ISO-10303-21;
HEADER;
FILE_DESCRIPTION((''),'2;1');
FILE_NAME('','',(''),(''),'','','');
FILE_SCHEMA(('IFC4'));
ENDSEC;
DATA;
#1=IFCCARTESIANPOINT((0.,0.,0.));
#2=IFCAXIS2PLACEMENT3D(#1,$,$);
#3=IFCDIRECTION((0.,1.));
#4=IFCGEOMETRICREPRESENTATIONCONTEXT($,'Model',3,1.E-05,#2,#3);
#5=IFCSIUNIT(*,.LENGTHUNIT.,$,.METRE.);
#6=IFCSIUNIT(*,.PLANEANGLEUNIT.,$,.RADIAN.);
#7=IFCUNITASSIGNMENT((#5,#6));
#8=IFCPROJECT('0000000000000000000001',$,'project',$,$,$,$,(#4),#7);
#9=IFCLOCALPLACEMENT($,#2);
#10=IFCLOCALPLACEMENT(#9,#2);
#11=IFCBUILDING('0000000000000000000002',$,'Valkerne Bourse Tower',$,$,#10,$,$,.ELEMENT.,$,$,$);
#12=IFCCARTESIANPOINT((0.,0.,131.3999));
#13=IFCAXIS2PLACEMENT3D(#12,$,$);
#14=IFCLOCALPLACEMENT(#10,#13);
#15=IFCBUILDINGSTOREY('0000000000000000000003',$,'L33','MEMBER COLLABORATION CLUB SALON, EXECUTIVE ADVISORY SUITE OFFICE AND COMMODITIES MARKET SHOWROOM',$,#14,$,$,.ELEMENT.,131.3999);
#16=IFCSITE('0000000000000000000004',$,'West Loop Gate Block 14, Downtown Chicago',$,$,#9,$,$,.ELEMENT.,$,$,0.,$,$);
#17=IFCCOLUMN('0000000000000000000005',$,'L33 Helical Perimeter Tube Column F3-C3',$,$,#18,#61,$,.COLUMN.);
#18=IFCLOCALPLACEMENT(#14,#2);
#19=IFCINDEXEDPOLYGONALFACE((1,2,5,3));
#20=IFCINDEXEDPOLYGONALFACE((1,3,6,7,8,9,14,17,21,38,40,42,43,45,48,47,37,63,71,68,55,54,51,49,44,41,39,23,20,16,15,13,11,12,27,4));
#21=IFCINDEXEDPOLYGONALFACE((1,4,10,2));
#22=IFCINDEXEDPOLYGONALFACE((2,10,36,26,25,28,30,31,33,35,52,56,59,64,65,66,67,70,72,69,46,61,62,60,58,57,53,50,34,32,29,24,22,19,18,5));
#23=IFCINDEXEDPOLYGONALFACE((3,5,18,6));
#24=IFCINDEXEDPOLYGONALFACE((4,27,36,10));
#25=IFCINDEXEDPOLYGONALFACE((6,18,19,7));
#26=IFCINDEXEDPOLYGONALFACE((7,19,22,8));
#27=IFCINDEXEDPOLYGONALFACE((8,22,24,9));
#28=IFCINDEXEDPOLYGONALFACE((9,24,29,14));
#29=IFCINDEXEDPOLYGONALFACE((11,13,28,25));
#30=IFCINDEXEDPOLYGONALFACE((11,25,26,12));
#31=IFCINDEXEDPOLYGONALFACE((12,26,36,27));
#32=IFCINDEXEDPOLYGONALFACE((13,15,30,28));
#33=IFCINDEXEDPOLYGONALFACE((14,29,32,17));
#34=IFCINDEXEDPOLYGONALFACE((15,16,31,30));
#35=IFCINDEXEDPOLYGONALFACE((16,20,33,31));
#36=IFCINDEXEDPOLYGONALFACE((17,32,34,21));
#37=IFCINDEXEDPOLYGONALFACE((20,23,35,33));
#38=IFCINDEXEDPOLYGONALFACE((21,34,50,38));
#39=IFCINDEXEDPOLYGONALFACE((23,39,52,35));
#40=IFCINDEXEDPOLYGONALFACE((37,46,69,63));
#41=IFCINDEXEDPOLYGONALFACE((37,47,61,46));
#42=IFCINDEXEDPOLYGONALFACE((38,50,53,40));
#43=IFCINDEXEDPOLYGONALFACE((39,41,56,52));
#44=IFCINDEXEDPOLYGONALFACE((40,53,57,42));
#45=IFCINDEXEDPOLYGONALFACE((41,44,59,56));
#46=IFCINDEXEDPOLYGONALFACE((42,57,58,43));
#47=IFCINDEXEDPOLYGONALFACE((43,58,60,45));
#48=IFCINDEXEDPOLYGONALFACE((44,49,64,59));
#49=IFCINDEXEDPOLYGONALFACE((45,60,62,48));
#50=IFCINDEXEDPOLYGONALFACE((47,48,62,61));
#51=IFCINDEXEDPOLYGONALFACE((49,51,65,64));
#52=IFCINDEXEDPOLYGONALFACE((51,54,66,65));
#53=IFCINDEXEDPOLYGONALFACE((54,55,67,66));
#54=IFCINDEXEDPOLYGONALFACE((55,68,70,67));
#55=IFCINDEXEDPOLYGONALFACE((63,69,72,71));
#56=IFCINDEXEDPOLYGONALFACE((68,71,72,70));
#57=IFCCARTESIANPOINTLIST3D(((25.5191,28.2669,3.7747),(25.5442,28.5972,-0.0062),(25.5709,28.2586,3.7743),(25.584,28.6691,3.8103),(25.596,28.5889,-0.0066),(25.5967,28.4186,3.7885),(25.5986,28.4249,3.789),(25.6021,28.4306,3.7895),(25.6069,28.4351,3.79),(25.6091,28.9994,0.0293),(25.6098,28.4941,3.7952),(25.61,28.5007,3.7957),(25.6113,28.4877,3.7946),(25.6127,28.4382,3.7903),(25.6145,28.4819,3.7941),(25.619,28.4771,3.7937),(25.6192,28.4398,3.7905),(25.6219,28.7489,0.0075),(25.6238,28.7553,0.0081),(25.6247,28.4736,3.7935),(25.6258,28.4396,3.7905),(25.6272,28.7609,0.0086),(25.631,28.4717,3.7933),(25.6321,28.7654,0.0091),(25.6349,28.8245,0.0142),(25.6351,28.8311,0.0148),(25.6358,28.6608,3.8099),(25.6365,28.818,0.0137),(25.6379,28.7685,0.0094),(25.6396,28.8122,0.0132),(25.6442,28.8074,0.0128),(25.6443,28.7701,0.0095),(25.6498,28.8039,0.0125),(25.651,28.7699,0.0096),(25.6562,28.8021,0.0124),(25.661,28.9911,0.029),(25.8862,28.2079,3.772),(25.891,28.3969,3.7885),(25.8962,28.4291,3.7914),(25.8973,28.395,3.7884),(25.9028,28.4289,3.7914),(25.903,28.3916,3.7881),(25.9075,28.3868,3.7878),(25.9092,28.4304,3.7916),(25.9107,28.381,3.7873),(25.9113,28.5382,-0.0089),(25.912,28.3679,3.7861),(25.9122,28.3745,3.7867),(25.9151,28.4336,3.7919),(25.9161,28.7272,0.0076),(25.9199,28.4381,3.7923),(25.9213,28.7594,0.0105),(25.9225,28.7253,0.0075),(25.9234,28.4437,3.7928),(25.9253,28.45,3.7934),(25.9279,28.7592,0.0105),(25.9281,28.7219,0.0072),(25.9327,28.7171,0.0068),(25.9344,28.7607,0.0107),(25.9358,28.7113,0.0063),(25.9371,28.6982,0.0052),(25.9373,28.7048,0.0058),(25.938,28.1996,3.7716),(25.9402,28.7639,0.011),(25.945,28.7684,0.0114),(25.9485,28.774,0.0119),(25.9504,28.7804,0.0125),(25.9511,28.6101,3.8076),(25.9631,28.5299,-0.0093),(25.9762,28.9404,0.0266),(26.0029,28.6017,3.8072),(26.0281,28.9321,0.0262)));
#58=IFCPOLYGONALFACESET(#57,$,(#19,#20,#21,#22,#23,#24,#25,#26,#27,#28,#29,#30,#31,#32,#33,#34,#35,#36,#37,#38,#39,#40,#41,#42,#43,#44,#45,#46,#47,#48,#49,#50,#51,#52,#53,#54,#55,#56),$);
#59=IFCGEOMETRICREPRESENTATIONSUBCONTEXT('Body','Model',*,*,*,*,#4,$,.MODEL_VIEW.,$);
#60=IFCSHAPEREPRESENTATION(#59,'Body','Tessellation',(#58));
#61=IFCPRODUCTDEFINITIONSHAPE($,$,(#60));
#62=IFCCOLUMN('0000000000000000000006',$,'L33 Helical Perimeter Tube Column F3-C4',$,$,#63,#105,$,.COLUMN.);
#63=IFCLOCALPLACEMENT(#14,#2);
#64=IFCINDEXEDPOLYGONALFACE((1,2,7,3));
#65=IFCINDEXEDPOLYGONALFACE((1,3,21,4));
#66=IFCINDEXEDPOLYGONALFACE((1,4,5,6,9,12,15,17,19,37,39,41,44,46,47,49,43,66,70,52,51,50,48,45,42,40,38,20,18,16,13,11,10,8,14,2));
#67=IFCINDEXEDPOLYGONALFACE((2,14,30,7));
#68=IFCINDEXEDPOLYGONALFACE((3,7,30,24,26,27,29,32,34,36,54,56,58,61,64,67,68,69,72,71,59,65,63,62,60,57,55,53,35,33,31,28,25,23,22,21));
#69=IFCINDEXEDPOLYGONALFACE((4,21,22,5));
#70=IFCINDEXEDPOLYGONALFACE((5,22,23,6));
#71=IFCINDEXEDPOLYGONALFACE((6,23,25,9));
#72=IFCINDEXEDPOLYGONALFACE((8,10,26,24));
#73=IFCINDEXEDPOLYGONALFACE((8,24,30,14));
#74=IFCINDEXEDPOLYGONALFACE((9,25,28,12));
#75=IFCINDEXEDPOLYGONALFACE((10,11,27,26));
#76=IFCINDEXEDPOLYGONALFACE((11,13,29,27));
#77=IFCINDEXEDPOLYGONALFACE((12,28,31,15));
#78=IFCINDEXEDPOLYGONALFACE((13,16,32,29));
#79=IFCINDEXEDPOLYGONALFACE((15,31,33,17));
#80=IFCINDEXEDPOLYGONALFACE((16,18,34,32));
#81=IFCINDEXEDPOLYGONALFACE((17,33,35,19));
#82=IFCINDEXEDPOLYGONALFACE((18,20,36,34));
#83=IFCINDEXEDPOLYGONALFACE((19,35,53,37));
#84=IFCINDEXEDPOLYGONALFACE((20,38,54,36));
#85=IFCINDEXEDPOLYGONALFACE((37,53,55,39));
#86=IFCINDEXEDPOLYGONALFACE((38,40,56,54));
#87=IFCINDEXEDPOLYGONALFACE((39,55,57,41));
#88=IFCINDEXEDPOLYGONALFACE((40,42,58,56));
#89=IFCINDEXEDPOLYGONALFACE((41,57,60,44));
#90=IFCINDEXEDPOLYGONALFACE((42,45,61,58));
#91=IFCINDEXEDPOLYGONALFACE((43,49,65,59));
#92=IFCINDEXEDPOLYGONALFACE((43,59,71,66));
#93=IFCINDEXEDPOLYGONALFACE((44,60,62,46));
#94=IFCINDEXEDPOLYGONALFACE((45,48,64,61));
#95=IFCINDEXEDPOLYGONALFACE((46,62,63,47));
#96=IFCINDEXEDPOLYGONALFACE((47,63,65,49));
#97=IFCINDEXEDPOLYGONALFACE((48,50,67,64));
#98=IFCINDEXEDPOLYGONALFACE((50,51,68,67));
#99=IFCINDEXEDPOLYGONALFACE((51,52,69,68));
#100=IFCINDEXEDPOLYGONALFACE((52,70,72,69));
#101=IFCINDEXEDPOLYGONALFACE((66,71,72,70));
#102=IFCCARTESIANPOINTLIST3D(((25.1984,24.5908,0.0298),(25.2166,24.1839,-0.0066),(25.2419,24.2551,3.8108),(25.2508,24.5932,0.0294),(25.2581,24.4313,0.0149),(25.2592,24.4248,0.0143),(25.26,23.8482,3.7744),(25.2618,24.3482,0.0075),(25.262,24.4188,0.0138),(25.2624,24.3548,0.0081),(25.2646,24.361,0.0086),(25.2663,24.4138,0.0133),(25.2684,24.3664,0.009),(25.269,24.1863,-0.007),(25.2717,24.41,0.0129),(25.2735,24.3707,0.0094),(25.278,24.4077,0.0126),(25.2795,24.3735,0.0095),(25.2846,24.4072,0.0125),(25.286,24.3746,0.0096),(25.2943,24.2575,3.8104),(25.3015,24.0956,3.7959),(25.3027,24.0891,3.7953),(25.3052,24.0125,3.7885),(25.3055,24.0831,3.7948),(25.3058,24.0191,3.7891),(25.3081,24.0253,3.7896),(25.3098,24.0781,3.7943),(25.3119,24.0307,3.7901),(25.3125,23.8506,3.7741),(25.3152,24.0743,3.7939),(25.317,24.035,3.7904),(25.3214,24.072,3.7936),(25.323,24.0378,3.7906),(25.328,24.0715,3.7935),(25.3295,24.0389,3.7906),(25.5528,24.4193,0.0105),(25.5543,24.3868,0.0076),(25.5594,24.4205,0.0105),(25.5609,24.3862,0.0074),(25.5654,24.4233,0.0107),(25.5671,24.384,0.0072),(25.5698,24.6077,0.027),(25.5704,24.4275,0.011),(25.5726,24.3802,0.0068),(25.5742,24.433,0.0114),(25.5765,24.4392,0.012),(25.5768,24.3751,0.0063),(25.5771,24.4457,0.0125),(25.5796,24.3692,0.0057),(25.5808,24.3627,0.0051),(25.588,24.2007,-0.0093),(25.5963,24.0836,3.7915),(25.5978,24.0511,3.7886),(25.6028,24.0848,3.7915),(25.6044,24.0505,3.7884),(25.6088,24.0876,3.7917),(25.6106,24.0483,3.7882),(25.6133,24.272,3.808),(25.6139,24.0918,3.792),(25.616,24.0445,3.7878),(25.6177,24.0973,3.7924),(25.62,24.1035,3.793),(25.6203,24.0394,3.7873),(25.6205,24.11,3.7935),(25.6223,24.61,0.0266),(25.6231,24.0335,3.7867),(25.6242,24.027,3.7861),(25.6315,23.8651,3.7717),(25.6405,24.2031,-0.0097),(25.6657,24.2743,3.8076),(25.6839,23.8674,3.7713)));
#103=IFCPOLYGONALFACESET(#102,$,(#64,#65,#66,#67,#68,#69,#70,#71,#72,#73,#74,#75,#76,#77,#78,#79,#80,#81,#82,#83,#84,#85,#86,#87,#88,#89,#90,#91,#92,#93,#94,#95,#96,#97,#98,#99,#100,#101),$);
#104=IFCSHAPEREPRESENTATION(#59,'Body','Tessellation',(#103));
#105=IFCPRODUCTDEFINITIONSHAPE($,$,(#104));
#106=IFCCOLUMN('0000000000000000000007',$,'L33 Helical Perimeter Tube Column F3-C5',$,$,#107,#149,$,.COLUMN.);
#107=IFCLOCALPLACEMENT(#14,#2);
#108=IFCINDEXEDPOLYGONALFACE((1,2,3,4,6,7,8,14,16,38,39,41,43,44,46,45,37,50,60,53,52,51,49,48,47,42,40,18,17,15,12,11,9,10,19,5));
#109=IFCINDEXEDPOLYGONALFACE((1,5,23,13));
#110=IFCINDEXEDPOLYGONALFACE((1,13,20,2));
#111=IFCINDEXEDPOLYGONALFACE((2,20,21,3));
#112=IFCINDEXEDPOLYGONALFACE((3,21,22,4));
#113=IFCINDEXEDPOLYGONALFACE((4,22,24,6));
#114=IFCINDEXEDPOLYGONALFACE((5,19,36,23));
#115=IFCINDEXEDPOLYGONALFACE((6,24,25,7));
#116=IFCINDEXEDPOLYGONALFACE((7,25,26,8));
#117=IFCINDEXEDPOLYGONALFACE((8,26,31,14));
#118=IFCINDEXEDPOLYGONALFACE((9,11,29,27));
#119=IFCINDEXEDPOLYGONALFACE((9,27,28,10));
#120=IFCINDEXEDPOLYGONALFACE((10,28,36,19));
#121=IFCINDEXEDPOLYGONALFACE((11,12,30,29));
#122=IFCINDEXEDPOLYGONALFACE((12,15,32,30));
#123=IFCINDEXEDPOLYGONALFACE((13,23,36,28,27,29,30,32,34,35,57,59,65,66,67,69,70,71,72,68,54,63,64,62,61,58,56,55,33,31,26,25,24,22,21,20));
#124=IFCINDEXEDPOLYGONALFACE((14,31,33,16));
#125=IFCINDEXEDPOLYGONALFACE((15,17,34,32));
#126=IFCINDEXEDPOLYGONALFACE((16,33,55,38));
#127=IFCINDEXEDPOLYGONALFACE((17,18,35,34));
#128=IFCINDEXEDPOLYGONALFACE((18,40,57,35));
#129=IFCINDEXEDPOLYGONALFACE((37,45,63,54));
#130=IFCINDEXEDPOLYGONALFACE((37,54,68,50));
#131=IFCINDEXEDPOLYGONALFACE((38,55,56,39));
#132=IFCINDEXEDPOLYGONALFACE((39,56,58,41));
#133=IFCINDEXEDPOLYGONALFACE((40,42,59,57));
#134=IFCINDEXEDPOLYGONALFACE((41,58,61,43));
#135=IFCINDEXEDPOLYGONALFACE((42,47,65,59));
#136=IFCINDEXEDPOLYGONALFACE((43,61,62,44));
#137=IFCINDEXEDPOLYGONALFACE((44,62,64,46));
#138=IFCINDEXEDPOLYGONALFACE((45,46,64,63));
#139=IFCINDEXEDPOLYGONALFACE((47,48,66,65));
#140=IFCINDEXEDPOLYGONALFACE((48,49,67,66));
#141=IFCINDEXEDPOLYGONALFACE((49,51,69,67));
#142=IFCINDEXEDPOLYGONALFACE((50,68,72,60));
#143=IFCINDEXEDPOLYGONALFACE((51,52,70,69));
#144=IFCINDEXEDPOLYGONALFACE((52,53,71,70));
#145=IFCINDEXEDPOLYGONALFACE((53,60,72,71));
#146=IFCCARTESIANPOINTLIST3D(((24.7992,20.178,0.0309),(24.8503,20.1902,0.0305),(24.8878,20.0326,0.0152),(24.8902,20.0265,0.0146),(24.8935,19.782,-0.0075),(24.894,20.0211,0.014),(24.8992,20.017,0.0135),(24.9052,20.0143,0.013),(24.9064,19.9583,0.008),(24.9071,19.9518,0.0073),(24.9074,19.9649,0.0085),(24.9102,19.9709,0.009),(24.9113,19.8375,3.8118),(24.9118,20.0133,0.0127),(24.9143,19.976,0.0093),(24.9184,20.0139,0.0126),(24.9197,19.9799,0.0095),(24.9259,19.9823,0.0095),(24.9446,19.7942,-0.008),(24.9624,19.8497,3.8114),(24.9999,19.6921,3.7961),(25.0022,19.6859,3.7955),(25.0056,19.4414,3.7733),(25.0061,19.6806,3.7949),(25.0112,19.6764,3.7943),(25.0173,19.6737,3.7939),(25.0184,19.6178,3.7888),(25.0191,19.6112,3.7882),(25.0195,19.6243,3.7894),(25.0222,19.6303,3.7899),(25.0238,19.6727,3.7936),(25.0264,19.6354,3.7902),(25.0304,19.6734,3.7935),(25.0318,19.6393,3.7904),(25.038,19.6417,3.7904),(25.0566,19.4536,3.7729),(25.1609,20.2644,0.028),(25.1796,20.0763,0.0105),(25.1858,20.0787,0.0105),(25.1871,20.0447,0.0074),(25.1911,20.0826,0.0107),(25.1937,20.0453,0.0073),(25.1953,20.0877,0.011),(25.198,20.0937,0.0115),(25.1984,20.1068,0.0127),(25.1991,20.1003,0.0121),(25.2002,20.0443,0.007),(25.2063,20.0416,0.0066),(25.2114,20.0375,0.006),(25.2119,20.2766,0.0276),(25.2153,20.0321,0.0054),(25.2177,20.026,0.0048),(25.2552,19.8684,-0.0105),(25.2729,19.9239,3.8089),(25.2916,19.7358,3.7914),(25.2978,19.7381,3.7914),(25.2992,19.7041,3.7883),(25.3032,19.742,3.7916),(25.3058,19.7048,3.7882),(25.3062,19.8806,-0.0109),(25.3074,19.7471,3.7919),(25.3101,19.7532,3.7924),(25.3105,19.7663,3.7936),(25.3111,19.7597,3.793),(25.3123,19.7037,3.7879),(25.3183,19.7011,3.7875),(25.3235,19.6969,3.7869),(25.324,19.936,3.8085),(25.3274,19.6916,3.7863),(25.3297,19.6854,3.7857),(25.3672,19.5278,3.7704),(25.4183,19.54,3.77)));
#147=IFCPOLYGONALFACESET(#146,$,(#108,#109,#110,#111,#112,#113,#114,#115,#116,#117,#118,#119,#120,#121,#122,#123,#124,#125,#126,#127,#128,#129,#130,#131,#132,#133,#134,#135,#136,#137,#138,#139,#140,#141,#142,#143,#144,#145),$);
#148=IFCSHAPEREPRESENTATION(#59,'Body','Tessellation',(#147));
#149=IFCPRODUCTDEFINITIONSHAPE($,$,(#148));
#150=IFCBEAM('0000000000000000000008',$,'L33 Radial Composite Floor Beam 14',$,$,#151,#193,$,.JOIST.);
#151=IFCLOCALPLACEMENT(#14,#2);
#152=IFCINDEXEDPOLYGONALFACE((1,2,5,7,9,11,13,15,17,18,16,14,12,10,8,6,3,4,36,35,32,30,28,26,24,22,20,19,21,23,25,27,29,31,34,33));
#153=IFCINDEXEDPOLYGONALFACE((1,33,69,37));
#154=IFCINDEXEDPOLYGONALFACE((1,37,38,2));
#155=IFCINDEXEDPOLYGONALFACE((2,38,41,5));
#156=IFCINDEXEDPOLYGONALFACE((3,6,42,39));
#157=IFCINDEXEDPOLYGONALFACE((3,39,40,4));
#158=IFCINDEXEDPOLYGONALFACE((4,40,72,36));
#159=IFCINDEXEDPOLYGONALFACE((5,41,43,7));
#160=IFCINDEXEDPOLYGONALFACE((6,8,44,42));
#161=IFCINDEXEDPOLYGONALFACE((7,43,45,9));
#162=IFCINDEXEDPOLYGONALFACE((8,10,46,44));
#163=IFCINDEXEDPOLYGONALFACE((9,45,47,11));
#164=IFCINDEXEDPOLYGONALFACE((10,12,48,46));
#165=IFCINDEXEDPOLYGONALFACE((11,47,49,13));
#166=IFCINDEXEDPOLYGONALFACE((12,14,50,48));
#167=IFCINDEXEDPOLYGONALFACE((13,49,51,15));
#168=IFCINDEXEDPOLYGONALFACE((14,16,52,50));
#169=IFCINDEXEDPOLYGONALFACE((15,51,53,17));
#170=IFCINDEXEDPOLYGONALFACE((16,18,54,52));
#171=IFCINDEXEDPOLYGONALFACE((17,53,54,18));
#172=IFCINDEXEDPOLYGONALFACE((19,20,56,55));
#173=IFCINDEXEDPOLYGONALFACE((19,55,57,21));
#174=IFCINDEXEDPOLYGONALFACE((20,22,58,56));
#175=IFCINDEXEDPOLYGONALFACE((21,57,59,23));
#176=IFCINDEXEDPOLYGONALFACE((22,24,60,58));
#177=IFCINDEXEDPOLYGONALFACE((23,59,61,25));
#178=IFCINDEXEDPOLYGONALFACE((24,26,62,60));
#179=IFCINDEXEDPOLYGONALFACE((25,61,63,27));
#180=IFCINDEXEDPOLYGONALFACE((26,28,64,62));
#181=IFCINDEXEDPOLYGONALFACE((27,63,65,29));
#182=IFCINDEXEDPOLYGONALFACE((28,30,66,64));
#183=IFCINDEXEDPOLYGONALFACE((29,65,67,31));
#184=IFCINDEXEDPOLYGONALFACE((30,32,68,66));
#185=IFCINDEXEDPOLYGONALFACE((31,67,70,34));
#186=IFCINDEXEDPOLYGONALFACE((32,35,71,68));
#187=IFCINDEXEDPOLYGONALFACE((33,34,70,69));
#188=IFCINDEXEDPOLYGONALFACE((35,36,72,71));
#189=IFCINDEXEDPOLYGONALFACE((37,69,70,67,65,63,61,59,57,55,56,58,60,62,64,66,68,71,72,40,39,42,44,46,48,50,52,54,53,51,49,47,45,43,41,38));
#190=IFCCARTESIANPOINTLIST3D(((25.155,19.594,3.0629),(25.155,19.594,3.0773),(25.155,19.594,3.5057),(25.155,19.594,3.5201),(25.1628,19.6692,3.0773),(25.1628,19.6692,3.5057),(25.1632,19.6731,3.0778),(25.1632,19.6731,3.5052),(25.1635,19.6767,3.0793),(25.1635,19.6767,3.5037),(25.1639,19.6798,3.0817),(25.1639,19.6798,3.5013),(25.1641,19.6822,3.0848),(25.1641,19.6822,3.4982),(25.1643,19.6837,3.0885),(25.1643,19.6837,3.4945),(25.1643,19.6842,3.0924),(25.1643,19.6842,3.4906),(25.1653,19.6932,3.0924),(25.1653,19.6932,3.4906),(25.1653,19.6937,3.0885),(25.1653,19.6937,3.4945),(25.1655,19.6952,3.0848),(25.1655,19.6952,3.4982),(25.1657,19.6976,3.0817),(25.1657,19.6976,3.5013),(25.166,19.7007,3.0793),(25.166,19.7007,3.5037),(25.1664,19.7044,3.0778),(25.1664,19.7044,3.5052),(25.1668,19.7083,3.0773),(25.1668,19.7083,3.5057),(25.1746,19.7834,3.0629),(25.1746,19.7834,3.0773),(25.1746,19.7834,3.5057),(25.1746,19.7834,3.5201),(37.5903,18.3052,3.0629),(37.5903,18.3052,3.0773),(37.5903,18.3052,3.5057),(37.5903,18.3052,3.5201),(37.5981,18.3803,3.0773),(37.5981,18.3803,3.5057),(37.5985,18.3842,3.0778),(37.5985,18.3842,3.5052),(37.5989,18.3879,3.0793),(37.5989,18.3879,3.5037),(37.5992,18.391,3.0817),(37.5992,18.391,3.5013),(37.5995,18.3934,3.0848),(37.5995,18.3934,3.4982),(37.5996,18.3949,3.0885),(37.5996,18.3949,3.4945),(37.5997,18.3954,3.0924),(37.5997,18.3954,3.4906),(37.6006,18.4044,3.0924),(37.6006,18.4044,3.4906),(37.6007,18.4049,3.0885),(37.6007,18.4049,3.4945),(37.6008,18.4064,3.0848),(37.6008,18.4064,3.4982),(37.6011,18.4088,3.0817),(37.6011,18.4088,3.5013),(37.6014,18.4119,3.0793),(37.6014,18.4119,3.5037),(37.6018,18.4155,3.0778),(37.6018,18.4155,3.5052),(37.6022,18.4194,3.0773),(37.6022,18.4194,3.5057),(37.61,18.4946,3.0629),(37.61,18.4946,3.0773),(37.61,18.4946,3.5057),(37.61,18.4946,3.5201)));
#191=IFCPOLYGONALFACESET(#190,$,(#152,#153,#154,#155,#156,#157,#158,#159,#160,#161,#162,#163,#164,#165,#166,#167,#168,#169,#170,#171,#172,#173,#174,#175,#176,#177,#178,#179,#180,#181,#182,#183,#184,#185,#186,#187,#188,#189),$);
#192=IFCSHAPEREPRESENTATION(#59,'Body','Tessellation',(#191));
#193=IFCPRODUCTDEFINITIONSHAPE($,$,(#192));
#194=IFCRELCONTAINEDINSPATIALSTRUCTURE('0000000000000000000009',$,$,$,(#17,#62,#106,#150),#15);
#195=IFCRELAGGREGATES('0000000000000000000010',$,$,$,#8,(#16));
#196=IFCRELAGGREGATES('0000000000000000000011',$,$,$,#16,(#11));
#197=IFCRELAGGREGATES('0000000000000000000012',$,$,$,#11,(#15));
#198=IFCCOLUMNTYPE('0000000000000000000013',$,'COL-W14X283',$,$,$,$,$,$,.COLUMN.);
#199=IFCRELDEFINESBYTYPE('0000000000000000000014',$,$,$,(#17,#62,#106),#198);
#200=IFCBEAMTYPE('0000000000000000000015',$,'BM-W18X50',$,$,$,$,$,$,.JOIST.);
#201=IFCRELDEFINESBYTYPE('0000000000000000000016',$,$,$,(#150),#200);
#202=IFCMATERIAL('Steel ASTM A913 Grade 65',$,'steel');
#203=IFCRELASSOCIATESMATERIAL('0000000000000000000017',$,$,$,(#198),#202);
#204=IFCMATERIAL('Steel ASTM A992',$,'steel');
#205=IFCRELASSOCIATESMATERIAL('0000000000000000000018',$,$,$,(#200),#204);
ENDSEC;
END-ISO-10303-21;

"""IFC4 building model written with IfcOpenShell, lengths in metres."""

from ifc_helpers import new_model, si_unit, direction, frame, origin, origin_2d, place, context, subcontext, project, spatial, i_section, extrude, material, material_profile, profile_set, type_object, element, save


model = new_model("IFC4")

# Units and contexts
model_context = context("Model", 3, precision=1e-05, world=origin(), true_north=direction((0.0, 1.0)))
body_context = subcontext(model_context, "Body", "Model", "MODEL_VIEW")
ifc_project = project(units=[si_unit("LENGTHUNIT", "METRE"), si_unit("PLANEANGLEUNIT", "RADIAN")], contexts=[model_context])

# Site, building, storey
site_placement = place(None, origin())
site = spatial("IfcSite", under=ifc_project, at=site_placement, Name="West Loop Gate Block 14, Downtown Chicago", CompositionType="ELEMENT", RefElevation=0.0)
building_placement = place(site_placement, origin())
building = spatial("IfcBuilding", under=site, at=building_placement, Name="Valkerne Bourse Tower", CompositionType="ELEMENT")
storey_placement = place(building_placement, frame((0.0, 0.0, 131.3999)))
storey = spatial("IfcBuildingStorey", under=building, at=storey_placement, Name="L33", Description="MEMBER COLLABORATION CLUB SALON, EXECUTIVE ADVISORY SUITE OFFICE AND COMMODITIES MARKET SHOWROOM", CompositionType="ELEMENT", Elevation=131.3999)

# Columns
ifc_material_1 = material(Name="Steel ASTM A913 Grade 65", Category="steel")
ifc_material_profile_1 = material_profile(ifc_material_1, i_section(OverallWidth=0.4089, OverallDepth=0.4243, WebThickness=0.0327, FlangeThickness=0.0525, FilletRadius=0.0254, at=origin_2d()), Name="W14X283")
ifc_profile_set_1 = profile_set([ifc_material_profile_1], Name="Steel ASTM A913 Grade 65")
column_type = type_object("IfcColumnType", Name="COL-W14X283", PredefinedType="COLUMN", material=ifc_profile_set_1)
column_1_placement = place(storey_placement, frame((25.7861, 28.7646, 0.01), z_axis=(-0.006625, -0.08703, 0.996184), x_axis=(-0.158789, -0.983474, -0.086976)))
element("IfcColumn", 1, at=column_1_placement, inside=storey, type_object=column_type, Name="L33 Helical Perimeter Tube Column F3-C3", PredefinedType="COLUMN", context=body_context, shape_type="SweptSolid", body=[
    extrude(i_section(OverallWidth=0.4089, OverallDepth=0.4243, WebThickness=0.0327, FlangeThickness=0.0525, FilletRadius=0.0254, at=origin_2d()), origin(), (0.0, 0.0, 1.0), 3.7954),
])
column_2_placement = place(storey_placement, frame((25.4194, 24.397, 0.01), z_axis=(0.011448, -0.08843, 0.996017), x_axis=(0.044438, -0.995053, -0.088856)))
element("IfcColumn", 2, at=column_2_placement, inside=storey, type_object=column_type, Name="L33 Helical Perimeter Tube Column F3-C4", PredefinedType="COLUMN", context=body_context, shape_type="SweptSolid", body=[
    extrude(i_section(OverallWidth=0.4089, OverallDepth=0.4243, WebThickness=0.0327, FlangeThickness=0.0525, FilletRadius=0.0254, at=origin_2d()), origin(), (0.0, 0.0, 1.0), 3.7961),
])
column_3_placement = place(storey_placement, frame((25.0527, 20.0293, 0.01), z_axis=(0.029505, -0.089673, 0.995534), x_axis=(0.230576, -0.968496, -0.094072)))
element("IfcColumn", 3, at=column_3_placement, inside=storey, type_object=column_type, Name="L33 Helical Perimeter Tube Column F3-C5", PredefinedType="COLUMN", context=body_context, shape_type="SweptSolid", body=[
    extrude(i_section(OverallWidth=0.4089, OverallDepth=0.4243, WebThickness=0.0327, FlangeThickness=0.0525, FilletRadius=0.0254, at=origin_2d()), origin(), (0.0, 0.0, 1.0), 3.7979),
])

# Beam
ifc_material_2 = material(Name="Steel ASTM A992", Category="steel")
ifc_material_profile_2 = material_profile(ifc_material_2, i_section(OverallWidth=0.1904, OverallDepth=0.4573, WebThickness=0.009, FlangeThickness=0.0144, FilletRadius=0.0151, at=origin_2d()), Name="W18X50")
ifc_profile_set_2 = profile_set([ifc_material_profile_2], Name="Steel ASTM A992")
beam_type_1 = type_object("IfcBeamType", Name="BM-W18X50", PredefinedType="JOIST", material=ifc_profile_set_2)
beam_1_placement = place(storey_placement, frame((25.1648, 19.6887, 3.2915), z_axis=(0.994672, -0.10309, 0.0), x_axis=(0.10309, 0.994672, 0.0)))
element("IfcBeam", 4, at=beam_1_placement, inside=storey, type_object=beam_type_1, Name="L33 Radial Composite Floor Beam 14", PredefinedType="JOIST", context=body_context, shape_type="SweptSolid", body=[
    extrude(i_section(OverallWidth=0.1904, OverallDepth=0.4573, WebThickness=0.009, FlangeThickness=0.0144, FilletRadius=0.0151, at=origin_2d()), origin(), (0.0, 0.0, 1.0), 12.502),
])

save(model, "model.ifc")
